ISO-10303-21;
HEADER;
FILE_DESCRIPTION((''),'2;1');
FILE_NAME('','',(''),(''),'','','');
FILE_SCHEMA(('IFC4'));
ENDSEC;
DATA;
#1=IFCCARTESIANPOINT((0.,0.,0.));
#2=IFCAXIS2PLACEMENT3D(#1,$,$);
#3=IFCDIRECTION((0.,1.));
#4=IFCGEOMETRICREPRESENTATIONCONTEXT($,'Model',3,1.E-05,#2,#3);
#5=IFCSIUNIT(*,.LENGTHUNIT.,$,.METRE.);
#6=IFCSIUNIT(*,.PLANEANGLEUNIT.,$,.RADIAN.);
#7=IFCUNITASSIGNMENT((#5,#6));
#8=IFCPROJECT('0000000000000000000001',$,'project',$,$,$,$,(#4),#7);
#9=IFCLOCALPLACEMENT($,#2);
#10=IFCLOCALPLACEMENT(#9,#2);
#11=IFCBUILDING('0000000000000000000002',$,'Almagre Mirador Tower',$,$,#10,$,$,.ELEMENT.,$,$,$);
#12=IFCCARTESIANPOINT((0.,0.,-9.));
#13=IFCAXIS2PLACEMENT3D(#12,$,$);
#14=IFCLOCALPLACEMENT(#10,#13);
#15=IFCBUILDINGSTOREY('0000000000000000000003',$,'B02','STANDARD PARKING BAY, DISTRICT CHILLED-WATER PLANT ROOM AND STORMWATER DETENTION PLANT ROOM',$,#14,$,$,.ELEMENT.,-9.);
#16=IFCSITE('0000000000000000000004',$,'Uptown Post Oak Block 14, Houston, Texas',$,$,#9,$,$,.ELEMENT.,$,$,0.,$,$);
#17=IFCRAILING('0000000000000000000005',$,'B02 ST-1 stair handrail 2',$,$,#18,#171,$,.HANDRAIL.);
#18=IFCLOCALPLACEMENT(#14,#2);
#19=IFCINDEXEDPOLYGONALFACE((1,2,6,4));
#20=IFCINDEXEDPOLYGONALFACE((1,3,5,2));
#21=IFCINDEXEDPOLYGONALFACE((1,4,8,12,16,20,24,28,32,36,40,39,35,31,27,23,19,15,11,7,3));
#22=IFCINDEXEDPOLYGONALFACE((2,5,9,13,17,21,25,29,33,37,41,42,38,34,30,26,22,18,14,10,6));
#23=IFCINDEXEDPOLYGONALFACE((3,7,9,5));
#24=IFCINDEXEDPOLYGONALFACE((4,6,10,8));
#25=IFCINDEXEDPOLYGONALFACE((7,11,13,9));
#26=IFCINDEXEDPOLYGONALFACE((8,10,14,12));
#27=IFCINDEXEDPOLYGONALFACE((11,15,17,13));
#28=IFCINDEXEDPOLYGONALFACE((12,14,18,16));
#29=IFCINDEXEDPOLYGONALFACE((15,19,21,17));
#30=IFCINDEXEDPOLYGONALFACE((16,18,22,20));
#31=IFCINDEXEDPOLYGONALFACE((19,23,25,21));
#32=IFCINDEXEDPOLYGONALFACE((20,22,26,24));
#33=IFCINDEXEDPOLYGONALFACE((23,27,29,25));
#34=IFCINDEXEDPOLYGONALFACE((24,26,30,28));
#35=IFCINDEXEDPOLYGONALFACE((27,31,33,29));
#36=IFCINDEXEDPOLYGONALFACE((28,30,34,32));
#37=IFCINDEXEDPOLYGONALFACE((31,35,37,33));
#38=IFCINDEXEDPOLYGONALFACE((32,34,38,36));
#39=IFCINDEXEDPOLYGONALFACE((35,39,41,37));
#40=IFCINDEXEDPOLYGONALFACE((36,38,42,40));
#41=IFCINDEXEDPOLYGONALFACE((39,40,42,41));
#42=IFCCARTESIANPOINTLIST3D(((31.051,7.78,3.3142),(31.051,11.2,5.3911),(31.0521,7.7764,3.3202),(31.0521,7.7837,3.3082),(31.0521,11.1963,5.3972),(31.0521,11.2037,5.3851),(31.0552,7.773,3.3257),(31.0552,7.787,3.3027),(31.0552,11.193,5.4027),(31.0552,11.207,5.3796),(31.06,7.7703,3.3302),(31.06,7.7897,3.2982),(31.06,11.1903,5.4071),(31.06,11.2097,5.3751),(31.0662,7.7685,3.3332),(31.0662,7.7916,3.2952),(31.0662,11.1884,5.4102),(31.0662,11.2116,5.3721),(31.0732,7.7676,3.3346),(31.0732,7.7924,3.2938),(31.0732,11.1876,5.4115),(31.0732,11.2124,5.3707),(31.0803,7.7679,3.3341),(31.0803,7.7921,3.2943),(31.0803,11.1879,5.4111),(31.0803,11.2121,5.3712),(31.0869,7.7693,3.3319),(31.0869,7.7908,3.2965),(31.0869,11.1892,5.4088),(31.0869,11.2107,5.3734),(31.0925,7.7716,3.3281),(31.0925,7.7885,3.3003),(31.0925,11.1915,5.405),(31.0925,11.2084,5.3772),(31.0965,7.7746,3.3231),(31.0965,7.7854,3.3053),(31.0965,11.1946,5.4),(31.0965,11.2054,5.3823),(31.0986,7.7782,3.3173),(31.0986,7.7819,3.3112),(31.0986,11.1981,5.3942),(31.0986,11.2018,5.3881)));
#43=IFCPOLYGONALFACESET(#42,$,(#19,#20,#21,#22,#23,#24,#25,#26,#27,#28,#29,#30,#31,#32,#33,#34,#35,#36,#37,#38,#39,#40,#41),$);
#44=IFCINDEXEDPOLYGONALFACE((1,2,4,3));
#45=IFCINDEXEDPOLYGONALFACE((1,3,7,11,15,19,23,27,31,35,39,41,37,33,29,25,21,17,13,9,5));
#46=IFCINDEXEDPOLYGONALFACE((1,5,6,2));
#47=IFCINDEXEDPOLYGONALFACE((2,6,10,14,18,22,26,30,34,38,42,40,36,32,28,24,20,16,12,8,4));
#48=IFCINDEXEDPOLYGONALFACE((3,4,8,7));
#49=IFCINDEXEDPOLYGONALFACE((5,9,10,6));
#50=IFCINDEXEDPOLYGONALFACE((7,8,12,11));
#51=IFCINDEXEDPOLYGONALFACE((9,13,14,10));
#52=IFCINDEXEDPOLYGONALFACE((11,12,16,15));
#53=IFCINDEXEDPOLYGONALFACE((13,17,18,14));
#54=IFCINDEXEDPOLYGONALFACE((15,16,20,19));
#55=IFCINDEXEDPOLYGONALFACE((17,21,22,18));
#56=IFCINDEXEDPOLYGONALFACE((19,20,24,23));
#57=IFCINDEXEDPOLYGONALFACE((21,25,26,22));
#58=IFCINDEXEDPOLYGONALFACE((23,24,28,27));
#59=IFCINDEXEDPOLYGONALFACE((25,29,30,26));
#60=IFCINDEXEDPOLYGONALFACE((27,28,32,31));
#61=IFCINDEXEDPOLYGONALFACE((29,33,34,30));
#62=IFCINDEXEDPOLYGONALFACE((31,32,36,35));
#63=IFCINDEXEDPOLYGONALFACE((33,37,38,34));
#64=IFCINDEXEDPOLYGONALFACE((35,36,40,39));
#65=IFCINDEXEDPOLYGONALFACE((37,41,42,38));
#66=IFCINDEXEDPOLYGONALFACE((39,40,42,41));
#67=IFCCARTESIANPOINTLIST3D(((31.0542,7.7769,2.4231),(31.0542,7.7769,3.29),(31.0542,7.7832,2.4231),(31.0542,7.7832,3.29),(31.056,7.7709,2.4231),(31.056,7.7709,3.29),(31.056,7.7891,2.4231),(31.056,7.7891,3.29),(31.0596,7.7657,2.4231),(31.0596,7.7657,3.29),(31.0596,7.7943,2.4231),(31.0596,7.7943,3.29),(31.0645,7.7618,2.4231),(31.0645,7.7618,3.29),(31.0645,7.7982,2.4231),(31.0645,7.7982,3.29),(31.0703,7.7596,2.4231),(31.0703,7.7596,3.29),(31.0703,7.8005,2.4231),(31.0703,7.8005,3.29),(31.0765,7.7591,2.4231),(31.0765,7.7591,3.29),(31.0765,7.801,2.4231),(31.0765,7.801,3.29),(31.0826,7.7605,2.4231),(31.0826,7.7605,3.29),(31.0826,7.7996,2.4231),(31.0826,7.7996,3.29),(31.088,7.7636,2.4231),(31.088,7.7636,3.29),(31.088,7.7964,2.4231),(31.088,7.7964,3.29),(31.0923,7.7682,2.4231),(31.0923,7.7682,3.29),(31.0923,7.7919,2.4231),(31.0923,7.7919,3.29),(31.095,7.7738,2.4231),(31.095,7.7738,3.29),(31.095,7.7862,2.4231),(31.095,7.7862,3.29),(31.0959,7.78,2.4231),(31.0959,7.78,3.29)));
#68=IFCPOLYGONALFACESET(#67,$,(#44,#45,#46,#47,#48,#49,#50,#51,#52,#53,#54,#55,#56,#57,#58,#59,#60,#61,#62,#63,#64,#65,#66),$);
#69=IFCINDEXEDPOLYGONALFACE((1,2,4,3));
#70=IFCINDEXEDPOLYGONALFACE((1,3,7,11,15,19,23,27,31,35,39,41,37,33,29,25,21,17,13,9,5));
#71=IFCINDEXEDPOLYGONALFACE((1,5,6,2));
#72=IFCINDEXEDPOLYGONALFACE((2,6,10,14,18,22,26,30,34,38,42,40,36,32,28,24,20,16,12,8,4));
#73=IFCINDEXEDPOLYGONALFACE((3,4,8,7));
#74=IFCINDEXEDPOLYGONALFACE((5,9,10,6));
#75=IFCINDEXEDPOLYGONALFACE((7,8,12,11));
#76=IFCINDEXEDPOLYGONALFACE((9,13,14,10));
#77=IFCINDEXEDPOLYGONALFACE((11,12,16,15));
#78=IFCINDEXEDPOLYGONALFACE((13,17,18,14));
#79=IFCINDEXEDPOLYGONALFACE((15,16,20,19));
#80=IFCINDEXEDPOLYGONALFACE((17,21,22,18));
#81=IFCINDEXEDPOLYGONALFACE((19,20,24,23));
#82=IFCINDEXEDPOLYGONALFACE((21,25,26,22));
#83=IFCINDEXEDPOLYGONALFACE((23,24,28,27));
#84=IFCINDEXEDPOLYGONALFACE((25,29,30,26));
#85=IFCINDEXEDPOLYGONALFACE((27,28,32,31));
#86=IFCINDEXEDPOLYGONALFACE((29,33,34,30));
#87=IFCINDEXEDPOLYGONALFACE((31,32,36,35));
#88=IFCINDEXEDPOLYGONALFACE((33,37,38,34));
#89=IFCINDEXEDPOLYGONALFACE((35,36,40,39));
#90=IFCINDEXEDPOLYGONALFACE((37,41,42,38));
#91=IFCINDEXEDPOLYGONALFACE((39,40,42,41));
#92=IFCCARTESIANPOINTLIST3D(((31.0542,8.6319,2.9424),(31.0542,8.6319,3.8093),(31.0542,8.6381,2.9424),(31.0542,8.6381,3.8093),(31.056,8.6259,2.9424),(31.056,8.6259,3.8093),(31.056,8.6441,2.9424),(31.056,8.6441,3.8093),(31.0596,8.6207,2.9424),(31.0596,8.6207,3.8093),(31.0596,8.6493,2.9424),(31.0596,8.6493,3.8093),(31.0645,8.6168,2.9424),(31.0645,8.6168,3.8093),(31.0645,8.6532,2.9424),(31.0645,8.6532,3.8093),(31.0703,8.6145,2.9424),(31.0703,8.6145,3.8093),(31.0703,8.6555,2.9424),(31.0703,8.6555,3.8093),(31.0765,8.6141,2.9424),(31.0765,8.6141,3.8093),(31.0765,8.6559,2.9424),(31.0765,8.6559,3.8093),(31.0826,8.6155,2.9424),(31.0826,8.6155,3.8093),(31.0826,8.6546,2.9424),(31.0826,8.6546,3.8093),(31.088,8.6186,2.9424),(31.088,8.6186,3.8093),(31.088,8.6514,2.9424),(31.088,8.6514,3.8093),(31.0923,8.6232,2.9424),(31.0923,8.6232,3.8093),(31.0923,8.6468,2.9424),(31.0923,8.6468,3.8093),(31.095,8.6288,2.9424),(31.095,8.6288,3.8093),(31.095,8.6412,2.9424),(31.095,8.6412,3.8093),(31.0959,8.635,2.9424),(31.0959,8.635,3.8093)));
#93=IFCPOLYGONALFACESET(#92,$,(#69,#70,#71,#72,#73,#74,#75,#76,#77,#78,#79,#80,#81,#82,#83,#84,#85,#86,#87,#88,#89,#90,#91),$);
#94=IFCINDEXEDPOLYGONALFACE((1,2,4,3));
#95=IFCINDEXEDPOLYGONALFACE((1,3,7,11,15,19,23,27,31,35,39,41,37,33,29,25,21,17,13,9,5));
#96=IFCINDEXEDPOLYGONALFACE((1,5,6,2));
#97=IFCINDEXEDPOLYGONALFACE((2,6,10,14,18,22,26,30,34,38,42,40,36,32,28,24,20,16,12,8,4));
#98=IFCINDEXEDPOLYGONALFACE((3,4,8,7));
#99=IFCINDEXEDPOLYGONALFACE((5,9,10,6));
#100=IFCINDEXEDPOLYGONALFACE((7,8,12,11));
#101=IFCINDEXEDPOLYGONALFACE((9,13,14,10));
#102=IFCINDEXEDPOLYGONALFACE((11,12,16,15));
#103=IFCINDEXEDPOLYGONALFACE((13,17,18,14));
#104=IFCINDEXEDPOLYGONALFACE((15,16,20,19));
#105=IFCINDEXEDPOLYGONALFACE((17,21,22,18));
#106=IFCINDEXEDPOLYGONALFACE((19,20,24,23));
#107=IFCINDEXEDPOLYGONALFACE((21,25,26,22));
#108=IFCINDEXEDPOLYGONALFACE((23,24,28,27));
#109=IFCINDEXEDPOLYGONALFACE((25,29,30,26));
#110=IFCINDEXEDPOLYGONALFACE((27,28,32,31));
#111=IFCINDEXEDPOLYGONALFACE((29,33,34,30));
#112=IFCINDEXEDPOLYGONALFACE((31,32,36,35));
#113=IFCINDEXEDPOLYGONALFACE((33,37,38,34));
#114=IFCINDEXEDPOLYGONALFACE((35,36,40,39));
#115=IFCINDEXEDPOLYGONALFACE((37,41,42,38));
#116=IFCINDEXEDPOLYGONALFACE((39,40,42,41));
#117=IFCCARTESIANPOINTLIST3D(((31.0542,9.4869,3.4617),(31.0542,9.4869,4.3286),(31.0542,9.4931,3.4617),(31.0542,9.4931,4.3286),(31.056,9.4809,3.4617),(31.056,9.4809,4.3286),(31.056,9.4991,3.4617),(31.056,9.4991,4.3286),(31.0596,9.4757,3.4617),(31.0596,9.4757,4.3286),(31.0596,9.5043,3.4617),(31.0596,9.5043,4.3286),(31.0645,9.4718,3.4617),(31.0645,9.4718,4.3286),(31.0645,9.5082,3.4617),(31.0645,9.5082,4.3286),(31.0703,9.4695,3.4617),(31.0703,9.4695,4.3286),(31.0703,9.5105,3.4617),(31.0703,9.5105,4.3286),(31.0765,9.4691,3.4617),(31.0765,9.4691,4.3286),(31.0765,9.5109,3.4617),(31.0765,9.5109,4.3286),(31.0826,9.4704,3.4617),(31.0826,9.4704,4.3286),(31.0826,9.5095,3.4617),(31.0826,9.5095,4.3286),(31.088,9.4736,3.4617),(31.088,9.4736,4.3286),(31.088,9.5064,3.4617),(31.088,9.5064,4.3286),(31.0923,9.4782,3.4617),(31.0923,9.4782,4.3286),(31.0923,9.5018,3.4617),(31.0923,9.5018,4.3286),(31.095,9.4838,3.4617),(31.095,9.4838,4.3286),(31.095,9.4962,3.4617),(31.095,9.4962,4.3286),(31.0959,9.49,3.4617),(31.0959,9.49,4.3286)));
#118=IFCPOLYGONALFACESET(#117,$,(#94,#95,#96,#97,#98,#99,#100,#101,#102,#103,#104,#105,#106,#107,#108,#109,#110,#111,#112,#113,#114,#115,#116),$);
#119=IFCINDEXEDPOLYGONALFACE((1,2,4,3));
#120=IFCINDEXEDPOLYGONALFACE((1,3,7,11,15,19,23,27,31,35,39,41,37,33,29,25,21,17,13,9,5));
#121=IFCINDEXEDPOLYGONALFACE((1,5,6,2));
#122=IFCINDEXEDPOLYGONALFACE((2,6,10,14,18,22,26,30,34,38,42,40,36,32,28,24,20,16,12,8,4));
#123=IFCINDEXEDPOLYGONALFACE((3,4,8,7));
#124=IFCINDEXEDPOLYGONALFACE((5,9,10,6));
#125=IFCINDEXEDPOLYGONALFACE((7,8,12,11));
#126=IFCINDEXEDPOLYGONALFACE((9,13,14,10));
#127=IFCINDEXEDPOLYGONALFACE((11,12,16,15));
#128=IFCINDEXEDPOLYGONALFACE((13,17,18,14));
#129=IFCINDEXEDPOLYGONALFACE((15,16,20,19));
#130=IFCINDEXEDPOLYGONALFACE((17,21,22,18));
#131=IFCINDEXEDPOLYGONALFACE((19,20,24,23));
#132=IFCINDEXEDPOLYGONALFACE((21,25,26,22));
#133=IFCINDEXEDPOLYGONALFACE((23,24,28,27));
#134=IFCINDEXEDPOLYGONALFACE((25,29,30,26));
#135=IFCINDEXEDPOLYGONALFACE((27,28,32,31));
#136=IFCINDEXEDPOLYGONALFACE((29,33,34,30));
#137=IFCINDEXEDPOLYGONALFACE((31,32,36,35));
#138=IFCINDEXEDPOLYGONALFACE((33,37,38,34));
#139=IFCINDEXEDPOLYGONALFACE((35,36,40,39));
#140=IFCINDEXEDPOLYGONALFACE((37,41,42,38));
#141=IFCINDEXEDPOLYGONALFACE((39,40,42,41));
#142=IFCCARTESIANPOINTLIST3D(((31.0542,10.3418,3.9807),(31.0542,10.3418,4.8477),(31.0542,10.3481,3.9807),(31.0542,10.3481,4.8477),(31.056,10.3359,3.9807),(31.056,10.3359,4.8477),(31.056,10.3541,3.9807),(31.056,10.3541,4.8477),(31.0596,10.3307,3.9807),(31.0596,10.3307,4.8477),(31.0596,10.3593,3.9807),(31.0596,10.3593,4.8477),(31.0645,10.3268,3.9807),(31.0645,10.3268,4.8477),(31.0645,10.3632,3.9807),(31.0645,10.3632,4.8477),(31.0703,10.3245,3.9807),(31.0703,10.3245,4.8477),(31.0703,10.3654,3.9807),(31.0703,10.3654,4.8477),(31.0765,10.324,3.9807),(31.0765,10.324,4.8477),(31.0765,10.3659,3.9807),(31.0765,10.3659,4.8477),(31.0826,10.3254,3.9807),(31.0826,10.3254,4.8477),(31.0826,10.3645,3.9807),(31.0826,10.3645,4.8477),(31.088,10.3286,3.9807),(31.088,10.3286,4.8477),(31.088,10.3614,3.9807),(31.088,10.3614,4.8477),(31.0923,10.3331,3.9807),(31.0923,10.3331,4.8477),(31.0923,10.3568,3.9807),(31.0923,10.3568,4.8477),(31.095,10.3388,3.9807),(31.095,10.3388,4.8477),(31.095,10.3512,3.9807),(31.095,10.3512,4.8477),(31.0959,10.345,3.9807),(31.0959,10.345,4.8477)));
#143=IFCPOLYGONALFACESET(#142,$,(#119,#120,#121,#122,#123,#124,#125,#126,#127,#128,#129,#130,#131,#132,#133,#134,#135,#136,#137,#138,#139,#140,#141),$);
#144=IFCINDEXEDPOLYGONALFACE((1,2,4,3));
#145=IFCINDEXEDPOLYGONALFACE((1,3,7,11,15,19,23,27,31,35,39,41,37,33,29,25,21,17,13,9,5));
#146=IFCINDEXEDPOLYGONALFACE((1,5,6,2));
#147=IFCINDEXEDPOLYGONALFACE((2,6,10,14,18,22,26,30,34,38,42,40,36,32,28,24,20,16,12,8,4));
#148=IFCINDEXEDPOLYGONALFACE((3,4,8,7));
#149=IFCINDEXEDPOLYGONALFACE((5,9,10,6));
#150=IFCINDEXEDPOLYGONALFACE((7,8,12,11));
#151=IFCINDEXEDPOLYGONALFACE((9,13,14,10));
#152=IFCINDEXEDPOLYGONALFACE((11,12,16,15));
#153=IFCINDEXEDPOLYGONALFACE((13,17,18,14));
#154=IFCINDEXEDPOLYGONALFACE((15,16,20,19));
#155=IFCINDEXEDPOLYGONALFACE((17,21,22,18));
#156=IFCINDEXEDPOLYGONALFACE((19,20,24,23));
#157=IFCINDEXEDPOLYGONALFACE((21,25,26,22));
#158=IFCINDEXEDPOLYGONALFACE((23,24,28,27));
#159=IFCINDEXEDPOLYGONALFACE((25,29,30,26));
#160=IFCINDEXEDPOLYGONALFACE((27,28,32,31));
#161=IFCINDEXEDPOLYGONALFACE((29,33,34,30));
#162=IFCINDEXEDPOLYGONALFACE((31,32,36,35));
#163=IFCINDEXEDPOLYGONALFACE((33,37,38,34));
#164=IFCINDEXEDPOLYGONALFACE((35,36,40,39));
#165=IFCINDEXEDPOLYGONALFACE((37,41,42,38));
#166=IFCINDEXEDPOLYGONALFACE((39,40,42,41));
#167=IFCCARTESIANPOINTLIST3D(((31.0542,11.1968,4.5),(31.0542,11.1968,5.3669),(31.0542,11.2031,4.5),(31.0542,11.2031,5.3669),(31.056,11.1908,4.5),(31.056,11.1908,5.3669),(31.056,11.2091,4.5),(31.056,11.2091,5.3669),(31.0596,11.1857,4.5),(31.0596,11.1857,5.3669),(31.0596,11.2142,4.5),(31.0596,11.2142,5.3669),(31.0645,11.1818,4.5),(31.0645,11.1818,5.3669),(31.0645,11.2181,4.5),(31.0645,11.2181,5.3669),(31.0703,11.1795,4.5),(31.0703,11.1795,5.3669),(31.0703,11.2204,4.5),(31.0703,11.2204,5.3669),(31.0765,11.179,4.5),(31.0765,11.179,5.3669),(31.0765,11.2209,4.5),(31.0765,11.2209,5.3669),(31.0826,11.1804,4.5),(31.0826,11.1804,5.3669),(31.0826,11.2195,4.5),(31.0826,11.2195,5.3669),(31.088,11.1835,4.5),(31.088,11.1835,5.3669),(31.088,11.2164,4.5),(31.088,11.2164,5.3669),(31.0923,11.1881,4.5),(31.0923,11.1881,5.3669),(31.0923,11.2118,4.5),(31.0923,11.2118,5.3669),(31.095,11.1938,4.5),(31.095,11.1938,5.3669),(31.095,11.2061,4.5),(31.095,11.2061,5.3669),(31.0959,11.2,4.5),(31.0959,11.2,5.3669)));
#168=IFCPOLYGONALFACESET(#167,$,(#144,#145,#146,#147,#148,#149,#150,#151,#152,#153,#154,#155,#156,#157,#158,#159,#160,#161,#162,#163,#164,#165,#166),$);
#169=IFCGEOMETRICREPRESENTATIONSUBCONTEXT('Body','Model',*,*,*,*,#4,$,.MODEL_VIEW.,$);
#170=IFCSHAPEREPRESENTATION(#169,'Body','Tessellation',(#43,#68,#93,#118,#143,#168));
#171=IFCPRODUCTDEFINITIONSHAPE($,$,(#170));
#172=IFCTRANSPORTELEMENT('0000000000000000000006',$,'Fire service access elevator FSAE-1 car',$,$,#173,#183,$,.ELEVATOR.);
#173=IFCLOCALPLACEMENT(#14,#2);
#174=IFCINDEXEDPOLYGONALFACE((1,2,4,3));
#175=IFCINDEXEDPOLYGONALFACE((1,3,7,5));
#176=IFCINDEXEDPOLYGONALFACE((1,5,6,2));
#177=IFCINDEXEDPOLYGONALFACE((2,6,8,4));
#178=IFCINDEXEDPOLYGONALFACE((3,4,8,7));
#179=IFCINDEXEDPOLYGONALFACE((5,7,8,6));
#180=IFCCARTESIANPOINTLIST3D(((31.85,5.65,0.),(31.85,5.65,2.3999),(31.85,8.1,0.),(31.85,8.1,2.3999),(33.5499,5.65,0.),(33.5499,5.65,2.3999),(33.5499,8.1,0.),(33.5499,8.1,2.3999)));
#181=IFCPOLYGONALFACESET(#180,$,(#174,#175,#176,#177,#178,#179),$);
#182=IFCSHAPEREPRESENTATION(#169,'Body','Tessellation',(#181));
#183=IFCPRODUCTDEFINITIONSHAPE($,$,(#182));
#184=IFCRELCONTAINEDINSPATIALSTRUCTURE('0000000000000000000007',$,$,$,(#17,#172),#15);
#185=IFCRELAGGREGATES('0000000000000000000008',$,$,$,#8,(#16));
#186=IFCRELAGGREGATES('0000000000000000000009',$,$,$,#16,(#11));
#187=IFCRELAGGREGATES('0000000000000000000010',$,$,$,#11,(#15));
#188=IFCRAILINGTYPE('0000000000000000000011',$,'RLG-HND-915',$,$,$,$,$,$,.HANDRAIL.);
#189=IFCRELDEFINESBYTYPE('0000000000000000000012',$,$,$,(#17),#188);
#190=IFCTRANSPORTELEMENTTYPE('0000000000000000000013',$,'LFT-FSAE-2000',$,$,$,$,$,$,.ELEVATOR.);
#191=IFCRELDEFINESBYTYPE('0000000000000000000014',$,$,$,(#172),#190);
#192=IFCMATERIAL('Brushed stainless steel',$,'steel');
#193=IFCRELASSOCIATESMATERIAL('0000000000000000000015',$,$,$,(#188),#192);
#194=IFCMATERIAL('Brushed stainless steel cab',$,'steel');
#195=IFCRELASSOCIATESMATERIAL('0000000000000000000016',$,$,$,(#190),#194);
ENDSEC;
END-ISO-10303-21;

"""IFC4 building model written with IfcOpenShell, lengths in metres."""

from ifc_helpers import new_model, si_unit, direction, frame, origin, origin_2d, place, context, subcontext, project, spatial, rectangle, circle, extrude, material, type_object, element, save


model = new_model("IFC4")

# Units and contexts
model_context = context("Model", 3, precision=1e-05, world=origin(), true_north=direction((0.0, 1.0)))
body_context = subcontext(model_context, "Body", "Model", "MODEL_VIEW")
ifc_project = project(units=[si_unit("LENGTHUNIT", "METRE"), si_unit("PLANEANGLEUNIT", "RADIAN")], contexts=[model_context])

# Site, building, storey
site_placement = place(None, origin())
site = spatial("IfcSite", under=ifc_project, at=site_placement, Name="Uptown Post Oak Block 14, Houston, Texas", CompositionType="ELEMENT", RefElevation=0.0)
building_placement = place(site_placement, origin())
building = spatial("IfcBuilding", under=site, at=building_placement, Name="Almagre Mirador Tower", CompositionType="ELEMENT")
storey_placement = place(building_placement, frame((0.0, 0.0, -9.0)))
storey = spatial("IfcBuildingStorey", under=building, at=storey_placement, Name="B02", Description="STANDARD PARKING BAY, DISTRICT CHILLED-WATER PLANT ROOM AND STORMWATER DETENTION PLANT ROOM", CompositionType="ELEMENT", Elevation=-9.0)

# Railing
ifc_material_1 = material(Name="Brushed stainless steel", Category="steel")
railing_type_1 = type_object("IfcRailingType", Name="RLG-HND-915", PredefinedType="HANDRAIL", material=ifc_material_1)
railing_1_placement = place(storey_placement, frame((31.075, 7.78, 2.4231)))
element("IfcRailing", 1, at=railing_1_placement, inside=storey, type_object=railing_type_1, Name="B02 ST-1 stair handrail 2", PredefinedType="HANDRAIL", context=body_context, shape_type="SweptSolid", body=[
    extrude(circle(Radius=0.0239, at=origin_2d()), frame((0.0, 0.0, 0.8911), z_axis=(0.0, 0.85473, 0.519074), x_axis=(-1.0, 0.0, 0.0)), (0.0, 0.0, 1.0), 4.0012),
    extrude(circle(Radius=0.021, at=origin_2d()), origin(), (0.0, 0.0, 1.0), 0.8669),
    extrude(circle(Radius=0.021, at=origin_2d()), frame((0.0, 0.855, 0.5193)), (0.0, 0.0, 1.0), 0.8669),
    extrude(circle(Radius=0.021, at=origin_2d()), frame((0.0, 1.71, 1.0386)), (0.0, 0.0, 1.0), 0.8669),
    extrude(circle(Radius=0.021, at=origin_2d()), frame((0.0, 2.5649, 1.5576)), (0.0, 0.0, 1.0), 0.8669),
    extrude(circle(Radius=0.021, at=origin_2d()), frame((0.0, 3.4199, 2.0769)), (0.0, 0.0, 1.0), 0.8669),
])

# Transport element
ifc_material_2 = material(Name="Brushed stainless steel cab", Category="steel")
transport_element_type = type_object("IfcTransportElementType", Name="LFT-FSAE-2000", PredefinedType="ELEVATOR", material=ifc_material_2)
transport_element_placement = place(storey_placement, frame((32.7, 6.875, 0.0), z_axis=(0.0, 0.0, 1.0), x_axis=(1.0, 0.0, 0.0)))
element("IfcTransportElement", 2, at=transport_element_placement, inside=storey, type_object=transport_element_type, Name="Fire service access elevator FSAE-1 car", PredefinedType="ELEVATOR", context=body_context, shape_type="SweptSolid", body=[
    extrude(rectangle(XDim=1.7, YDim=2.45, at=origin_2d()), origin(), (0.0, 0.0, 1.0), 2.3999),
])

save(model, "model.ifc")
